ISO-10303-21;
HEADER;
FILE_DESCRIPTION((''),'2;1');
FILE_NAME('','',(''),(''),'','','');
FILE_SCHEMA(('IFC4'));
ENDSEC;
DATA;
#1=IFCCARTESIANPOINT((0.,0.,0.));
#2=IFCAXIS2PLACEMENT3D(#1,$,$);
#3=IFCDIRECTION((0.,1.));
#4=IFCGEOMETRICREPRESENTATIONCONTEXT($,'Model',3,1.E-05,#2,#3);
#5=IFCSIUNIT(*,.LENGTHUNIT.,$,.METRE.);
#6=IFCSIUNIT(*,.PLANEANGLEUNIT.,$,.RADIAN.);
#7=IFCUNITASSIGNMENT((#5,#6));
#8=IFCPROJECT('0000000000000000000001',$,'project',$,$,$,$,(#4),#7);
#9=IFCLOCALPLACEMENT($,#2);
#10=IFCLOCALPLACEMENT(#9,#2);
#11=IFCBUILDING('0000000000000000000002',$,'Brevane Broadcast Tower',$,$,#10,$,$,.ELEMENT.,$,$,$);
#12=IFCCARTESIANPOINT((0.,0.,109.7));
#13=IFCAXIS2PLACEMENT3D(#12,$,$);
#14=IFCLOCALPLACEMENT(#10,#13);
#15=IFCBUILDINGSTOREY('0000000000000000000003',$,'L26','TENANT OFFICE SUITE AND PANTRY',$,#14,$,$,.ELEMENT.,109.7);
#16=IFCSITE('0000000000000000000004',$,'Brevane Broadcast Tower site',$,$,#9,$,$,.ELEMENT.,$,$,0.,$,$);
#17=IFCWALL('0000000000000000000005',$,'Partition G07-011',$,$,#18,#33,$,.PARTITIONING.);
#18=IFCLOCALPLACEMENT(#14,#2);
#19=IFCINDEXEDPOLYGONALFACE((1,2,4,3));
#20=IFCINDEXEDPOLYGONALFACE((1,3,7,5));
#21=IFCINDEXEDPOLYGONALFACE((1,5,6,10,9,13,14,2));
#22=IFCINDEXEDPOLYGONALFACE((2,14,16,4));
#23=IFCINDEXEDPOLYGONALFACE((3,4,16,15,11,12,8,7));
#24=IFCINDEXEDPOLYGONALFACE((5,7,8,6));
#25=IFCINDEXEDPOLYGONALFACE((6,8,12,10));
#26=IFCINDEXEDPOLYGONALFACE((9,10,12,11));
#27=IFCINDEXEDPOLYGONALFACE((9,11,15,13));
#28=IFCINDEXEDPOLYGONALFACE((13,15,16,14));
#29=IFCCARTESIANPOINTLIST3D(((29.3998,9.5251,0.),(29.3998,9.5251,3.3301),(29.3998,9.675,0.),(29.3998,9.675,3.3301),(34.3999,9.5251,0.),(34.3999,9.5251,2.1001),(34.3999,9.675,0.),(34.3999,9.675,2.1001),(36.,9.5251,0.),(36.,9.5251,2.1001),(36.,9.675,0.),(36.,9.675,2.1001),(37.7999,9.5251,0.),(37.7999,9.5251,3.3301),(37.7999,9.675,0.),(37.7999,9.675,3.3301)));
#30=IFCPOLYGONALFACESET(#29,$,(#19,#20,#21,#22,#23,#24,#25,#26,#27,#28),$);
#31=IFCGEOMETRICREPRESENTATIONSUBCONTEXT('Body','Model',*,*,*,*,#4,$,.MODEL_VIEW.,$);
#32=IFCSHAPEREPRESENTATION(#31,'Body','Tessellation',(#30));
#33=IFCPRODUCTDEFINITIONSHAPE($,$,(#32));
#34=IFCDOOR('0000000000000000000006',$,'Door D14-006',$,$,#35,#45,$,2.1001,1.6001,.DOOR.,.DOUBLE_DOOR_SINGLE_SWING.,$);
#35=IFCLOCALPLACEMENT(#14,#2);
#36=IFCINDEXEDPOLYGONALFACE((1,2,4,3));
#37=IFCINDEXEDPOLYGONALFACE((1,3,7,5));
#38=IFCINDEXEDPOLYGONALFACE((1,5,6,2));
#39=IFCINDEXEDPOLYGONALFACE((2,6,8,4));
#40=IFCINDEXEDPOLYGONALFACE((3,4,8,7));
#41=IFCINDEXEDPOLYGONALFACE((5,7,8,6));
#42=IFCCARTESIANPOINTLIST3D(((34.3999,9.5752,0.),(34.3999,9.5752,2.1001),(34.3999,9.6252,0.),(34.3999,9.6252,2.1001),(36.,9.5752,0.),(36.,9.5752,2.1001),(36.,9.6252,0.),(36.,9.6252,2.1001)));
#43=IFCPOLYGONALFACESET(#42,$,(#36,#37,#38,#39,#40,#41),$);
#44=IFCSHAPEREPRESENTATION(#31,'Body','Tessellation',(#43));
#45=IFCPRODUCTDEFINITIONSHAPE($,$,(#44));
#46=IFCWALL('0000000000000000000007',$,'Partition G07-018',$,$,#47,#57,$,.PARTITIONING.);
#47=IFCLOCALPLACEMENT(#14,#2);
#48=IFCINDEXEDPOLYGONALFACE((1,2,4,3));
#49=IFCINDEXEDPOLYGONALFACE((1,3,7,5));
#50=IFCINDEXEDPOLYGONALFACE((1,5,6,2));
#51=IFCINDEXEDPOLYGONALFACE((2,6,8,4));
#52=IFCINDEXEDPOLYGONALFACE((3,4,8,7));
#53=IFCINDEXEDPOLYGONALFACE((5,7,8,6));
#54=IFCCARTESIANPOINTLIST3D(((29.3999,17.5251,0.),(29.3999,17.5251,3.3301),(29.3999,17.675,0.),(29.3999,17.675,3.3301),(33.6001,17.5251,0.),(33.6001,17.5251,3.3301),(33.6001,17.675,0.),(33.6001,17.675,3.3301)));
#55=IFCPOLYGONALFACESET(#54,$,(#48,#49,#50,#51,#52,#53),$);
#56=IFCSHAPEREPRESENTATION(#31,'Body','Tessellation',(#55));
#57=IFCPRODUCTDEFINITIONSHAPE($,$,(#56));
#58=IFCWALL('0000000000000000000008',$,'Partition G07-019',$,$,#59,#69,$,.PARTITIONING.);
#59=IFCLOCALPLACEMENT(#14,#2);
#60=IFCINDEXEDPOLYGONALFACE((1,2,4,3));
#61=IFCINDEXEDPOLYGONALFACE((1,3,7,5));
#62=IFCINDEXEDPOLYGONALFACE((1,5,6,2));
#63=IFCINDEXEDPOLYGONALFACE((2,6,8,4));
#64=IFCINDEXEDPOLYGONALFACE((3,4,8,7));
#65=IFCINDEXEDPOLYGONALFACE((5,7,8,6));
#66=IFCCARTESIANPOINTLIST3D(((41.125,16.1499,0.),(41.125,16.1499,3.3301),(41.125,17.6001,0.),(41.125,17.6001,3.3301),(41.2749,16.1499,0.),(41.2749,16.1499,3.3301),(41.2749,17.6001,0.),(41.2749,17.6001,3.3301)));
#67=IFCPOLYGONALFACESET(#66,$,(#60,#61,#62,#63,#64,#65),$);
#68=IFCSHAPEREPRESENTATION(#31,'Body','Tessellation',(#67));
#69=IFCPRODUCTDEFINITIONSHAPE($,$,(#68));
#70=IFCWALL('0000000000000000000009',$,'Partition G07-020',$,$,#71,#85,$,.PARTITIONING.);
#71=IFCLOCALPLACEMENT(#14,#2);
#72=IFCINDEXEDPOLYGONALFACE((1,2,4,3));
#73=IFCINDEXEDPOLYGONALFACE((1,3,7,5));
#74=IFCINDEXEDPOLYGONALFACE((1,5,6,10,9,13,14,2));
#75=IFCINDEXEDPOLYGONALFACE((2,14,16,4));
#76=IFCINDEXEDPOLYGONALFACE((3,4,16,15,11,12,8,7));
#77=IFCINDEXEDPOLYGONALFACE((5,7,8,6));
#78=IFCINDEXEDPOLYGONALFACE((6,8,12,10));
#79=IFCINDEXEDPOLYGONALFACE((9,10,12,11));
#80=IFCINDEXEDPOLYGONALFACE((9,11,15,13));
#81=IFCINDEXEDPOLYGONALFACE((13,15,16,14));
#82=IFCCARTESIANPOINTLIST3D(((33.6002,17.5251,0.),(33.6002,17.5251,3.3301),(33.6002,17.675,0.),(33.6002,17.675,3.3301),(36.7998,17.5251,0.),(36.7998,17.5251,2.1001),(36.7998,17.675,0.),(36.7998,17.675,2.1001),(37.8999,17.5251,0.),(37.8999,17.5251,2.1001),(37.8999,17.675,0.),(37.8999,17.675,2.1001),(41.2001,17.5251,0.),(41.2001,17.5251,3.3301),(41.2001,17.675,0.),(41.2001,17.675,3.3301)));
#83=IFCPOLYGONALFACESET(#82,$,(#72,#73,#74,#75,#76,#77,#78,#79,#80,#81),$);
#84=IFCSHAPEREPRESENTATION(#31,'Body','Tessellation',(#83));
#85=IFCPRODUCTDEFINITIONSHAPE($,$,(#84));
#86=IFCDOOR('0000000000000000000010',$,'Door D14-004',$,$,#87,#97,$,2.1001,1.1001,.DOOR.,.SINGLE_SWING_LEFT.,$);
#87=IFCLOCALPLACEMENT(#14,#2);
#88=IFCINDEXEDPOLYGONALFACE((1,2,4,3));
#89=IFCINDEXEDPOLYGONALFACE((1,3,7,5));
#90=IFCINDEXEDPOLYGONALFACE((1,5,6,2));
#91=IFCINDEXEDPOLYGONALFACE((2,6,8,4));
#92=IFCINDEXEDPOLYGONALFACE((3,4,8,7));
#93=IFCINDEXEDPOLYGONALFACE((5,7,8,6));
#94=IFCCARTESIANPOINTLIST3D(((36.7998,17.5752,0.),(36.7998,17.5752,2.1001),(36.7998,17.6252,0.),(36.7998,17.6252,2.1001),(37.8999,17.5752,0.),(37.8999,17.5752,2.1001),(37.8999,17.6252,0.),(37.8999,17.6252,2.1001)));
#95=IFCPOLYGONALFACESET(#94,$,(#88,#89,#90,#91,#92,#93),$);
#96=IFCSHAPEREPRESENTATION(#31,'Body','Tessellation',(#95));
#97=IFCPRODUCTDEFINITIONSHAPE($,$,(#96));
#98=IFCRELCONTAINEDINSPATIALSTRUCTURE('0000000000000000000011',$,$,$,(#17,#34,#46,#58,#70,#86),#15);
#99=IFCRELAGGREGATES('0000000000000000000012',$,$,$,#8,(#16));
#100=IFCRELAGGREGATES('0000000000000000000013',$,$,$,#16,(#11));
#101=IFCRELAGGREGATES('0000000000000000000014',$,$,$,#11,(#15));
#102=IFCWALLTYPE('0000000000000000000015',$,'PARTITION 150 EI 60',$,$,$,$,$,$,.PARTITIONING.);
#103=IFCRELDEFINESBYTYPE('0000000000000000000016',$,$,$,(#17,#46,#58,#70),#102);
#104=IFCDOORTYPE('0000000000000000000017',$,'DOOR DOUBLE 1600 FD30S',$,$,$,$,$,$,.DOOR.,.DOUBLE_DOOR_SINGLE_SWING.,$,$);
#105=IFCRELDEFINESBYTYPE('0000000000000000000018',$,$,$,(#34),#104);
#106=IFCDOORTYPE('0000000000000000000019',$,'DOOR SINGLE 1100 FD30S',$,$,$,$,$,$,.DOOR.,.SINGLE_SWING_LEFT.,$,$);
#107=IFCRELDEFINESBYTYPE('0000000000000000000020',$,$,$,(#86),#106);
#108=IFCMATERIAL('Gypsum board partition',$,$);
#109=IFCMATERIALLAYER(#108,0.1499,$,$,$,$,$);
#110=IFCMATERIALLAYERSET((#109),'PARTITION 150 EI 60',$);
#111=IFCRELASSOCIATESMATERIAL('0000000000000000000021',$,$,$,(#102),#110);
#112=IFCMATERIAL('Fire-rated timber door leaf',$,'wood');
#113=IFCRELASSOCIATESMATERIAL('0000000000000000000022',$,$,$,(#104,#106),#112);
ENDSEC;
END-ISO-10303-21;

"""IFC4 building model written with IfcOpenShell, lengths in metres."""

from ifc_helpers import new_model, si_unit, direction, frame, frame_2d, origin, place, context, subcontext, project, spatial, rectangle, extrude, material, layer, layer_set, type_object, element, fill, save


model = new_model("IFC4")

# Units and contexts
model_context = context("Model", 3, precision=1e-05, world=origin(), true_north=direction((0.0, 1.0)))
body_context = subcontext(model_context, "Body", "Model", "MODEL_VIEW")
ifc_project = project(units=[si_unit("LENGTHUNIT", "METRE"), si_unit("PLANEANGLEUNIT", "RADIAN")], contexts=[model_context])

# Site, building, storey
site_placement = place(None, origin())
site = spatial("IfcSite", under=ifc_project, at=site_placement, Name="Brevane Broadcast Tower site", CompositionType="ELEMENT", RefElevation=0.0)
building_placement = place(site_placement, origin())
building = spatial("IfcBuilding", under=site, at=building_placement, Name="Brevane Broadcast Tower", CompositionType="ELEMENT")
storey_placement = place(building_placement, frame((0.0, 0.0, 109.7)))
storey = spatial("IfcBuildingStorey", under=building, at=storey_placement, Name="L26", Description="TENANT OFFICE SUITE AND PANTRY", CompositionType="ELEMENT", Elevation=109.7)

# Shared definitions
ifc_material_1 = material(Name="Gypsum board partition")

# Shared definitions
ifc_layer_1 = layer(ifc_material_1, 0.1499)
ifc_layer_set_1 = layer_set([ifc_layer_1], Name="PARTITION 150 EI 60")
wall_type_1 = type_object("IfcWallType", Name="PARTITION 150 EI 60", PredefinedType="PARTITIONING", material=ifc_layer_set_1)
ifc_material_2 = material(Name="Fire-rated timber door leaf", Category="wood")

# Wall, opening, door
wall_1_placement = place(storey_placement, frame((37.8, 9.6001, 0.0), z_axis=(0.0, 0.0, 1.0), x_axis=(-1.0, 0.0, 0.0)))
wall_1 = element("IfcWall", 1, at=wall_1_placement, inside=storey, type_object=wall_type_1, Name="Partition G07-011", PredefinedType="PARTITIONING", context=body_context, shape_type="SweptSolid", body=[
    extrude(rectangle(XDim=8.4001, YDim=0.1499, at=frame_2d((4.2002, 0.0))), origin(), (0.0, 0.0, 1.0), 3.3301),
])
opening_1_placement = place(wall_1_placement, frame((1.8, 0.0, 0.0)))
opening_1 = element("IfcOpeningElement", 2, at=opening_1_placement, cuts=wall_1, PredefinedType="OPENING", context=body_context, shape_type="SweptSolid", body=[
    extrude(rectangle(XDim=1.6001, YDim=2.1001, at=frame_2d((0.8, 1.05))), frame((0.0, 0.085, 0.0), z_axis=(0.0, -1.0, 0.0), x_axis=(1.0, 0.0, 0.0)), (0.0, 0.0, 1.0), 0.1699),
])
door_type_1 = type_object("IfcDoorType", Name="DOOR DOUBLE 1600 FD30S", OperationType="DOUBLE_DOOR_SINGLE_SWING", PredefinedType="DOOR", material=ifc_material_2)
door_1_placement = place(opening_1_placement, origin())
door_1 = element("IfcDoor", 3, at=door_1_placement, inside=storey, type_object=door_type_1, Name="Door D14-006", OperationType="DOUBLE_DOOR_SINGLE_SWING", OverallHeight=2.1001, OverallWidth=1.6001, PredefinedType="DOOR", context=body_context, shape_type="SweptSolid", body=[
    extrude(rectangle(XDim=1.6001, YDim=2.1001, at=frame_2d((0.8, 1.05))), frame((0.0, 0.0249, 0.0), z_axis=(0.0, -1.0, 0.0), x_axis=(1.0, 0.0, 0.0)), (0.0, 0.0, 1.0), 0.05),
])
fill(opening_1, door_1)

# Walls
wall_2_placement = place(storey_placement, frame((33.6001, 17.6001, 0.0), z_axis=(0.0, 0.0, 1.0), x_axis=(-1.0, 0.0, 0.0)))
element("IfcWall", 4, at=wall_2_placement, inside=storey, type_object=wall_type_1, Name="Partition G07-018", PredefinedType="PARTITIONING", context=body_context, shape_type="SweptSolid", body=[
    extrude(rectangle(XDim=4.2002, YDim=0.1499, at=frame_2d((2.1001, 0.0))), origin(), (0.0, 0.0, 1.0), 3.3301),
])
wall_3_placement = place(storey_placement, frame((41.2, 16.1499, 0.0), z_axis=(0.0, 0.0, 1.0), x_axis=(0.0, 1.0, 0.0)))
element("IfcWall", 5, at=wall_3_placement, inside=storey, type_object=wall_type_1, Name="Partition G07-019", PredefinedType="PARTITIONING", context=body_context, shape_type="SweptSolid", body=[
    extrude(rectangle(XDim=1.4502, YDim=0.1499, at=frame_2d((0.7251, 0.0))), origin(), (0.0, 0.0, 1.0), 3.3301),
])

# Wall, opening, door
wall_4_placement = place(storey_placement, frame((41.2, 17.6001, 0.0), z_axis=(0.0, 0.0, 1.0), x_axis=(-1.0, 0.0, 0.0)))
wall_4 = element("IfcWall", 6, at=wall_4_placement, inside=storey, type_object=wall_type_1, Name="Partition G07-020", PredefinedType="PARTITIONING", context=body_context, shape_type="SweptSolid", body=[
    extrude(rectangle(XDim=7.5999, YDim=0.1499, at=frame_2d((3.7998, 0.0))), origin(), (0.0, 0.0, 1.0), 3.3301),
])
opening_2_placement = place(wall_4_placement, frame((3.3, 0.0, 0.0)))
opening_2 = element("IfcOpeningElement", 7, at=opening_2_placement, cuts=wall_4, PredefinedType="OPENING", context=body_context, shape_type="SweptSolid", body=[
    extrude(rectangle(XDim=1.1001, YDim=2.1001, at=frame_2d((0.55, 1.05))), frame((0.0, 0.085, 0.0), z_axis=(0.0, -1.0, 0.0), x_axis=(1.0, 0.0, 0.0)), (0.0, 0.0, 1.0), 0.1699),
])
door_type_2 = type_object("IfcDoorType", Name="DOOR SINGLE 1100 FD30S", OperationType="SINGLE_SWING_LEFT", PredefinedType="DOOR", material=ifc_material_2)
door_2_placement = place(opening_2_placement, origin())
door_2 = element("IfcDoor", 8, at=door_2_placement, inside=storey, type_object=door_type_2, Name="Door D14-004", OperationType="SINGLE_SWING_LEFT", OverallHeight=2.1001, OverallWidth=1.1001, PredefinedType="DOOR", context=body_context, shape_type="SweptSolid", body=[
    extrude(rectangle(XDim=1.1001, YDim=2.1001, at=frame_2d((0.55, 1.05))), frame((0.0, 0.0249, 0.0), z_axis=(0.0, -1.0, 0.0), x_axis=(1.0, 0.0, 0.0)), (0.0, 0.0, 1.0), 0.05),
])
fill(opening_2, door_2)

save(model, "model.ifc")
